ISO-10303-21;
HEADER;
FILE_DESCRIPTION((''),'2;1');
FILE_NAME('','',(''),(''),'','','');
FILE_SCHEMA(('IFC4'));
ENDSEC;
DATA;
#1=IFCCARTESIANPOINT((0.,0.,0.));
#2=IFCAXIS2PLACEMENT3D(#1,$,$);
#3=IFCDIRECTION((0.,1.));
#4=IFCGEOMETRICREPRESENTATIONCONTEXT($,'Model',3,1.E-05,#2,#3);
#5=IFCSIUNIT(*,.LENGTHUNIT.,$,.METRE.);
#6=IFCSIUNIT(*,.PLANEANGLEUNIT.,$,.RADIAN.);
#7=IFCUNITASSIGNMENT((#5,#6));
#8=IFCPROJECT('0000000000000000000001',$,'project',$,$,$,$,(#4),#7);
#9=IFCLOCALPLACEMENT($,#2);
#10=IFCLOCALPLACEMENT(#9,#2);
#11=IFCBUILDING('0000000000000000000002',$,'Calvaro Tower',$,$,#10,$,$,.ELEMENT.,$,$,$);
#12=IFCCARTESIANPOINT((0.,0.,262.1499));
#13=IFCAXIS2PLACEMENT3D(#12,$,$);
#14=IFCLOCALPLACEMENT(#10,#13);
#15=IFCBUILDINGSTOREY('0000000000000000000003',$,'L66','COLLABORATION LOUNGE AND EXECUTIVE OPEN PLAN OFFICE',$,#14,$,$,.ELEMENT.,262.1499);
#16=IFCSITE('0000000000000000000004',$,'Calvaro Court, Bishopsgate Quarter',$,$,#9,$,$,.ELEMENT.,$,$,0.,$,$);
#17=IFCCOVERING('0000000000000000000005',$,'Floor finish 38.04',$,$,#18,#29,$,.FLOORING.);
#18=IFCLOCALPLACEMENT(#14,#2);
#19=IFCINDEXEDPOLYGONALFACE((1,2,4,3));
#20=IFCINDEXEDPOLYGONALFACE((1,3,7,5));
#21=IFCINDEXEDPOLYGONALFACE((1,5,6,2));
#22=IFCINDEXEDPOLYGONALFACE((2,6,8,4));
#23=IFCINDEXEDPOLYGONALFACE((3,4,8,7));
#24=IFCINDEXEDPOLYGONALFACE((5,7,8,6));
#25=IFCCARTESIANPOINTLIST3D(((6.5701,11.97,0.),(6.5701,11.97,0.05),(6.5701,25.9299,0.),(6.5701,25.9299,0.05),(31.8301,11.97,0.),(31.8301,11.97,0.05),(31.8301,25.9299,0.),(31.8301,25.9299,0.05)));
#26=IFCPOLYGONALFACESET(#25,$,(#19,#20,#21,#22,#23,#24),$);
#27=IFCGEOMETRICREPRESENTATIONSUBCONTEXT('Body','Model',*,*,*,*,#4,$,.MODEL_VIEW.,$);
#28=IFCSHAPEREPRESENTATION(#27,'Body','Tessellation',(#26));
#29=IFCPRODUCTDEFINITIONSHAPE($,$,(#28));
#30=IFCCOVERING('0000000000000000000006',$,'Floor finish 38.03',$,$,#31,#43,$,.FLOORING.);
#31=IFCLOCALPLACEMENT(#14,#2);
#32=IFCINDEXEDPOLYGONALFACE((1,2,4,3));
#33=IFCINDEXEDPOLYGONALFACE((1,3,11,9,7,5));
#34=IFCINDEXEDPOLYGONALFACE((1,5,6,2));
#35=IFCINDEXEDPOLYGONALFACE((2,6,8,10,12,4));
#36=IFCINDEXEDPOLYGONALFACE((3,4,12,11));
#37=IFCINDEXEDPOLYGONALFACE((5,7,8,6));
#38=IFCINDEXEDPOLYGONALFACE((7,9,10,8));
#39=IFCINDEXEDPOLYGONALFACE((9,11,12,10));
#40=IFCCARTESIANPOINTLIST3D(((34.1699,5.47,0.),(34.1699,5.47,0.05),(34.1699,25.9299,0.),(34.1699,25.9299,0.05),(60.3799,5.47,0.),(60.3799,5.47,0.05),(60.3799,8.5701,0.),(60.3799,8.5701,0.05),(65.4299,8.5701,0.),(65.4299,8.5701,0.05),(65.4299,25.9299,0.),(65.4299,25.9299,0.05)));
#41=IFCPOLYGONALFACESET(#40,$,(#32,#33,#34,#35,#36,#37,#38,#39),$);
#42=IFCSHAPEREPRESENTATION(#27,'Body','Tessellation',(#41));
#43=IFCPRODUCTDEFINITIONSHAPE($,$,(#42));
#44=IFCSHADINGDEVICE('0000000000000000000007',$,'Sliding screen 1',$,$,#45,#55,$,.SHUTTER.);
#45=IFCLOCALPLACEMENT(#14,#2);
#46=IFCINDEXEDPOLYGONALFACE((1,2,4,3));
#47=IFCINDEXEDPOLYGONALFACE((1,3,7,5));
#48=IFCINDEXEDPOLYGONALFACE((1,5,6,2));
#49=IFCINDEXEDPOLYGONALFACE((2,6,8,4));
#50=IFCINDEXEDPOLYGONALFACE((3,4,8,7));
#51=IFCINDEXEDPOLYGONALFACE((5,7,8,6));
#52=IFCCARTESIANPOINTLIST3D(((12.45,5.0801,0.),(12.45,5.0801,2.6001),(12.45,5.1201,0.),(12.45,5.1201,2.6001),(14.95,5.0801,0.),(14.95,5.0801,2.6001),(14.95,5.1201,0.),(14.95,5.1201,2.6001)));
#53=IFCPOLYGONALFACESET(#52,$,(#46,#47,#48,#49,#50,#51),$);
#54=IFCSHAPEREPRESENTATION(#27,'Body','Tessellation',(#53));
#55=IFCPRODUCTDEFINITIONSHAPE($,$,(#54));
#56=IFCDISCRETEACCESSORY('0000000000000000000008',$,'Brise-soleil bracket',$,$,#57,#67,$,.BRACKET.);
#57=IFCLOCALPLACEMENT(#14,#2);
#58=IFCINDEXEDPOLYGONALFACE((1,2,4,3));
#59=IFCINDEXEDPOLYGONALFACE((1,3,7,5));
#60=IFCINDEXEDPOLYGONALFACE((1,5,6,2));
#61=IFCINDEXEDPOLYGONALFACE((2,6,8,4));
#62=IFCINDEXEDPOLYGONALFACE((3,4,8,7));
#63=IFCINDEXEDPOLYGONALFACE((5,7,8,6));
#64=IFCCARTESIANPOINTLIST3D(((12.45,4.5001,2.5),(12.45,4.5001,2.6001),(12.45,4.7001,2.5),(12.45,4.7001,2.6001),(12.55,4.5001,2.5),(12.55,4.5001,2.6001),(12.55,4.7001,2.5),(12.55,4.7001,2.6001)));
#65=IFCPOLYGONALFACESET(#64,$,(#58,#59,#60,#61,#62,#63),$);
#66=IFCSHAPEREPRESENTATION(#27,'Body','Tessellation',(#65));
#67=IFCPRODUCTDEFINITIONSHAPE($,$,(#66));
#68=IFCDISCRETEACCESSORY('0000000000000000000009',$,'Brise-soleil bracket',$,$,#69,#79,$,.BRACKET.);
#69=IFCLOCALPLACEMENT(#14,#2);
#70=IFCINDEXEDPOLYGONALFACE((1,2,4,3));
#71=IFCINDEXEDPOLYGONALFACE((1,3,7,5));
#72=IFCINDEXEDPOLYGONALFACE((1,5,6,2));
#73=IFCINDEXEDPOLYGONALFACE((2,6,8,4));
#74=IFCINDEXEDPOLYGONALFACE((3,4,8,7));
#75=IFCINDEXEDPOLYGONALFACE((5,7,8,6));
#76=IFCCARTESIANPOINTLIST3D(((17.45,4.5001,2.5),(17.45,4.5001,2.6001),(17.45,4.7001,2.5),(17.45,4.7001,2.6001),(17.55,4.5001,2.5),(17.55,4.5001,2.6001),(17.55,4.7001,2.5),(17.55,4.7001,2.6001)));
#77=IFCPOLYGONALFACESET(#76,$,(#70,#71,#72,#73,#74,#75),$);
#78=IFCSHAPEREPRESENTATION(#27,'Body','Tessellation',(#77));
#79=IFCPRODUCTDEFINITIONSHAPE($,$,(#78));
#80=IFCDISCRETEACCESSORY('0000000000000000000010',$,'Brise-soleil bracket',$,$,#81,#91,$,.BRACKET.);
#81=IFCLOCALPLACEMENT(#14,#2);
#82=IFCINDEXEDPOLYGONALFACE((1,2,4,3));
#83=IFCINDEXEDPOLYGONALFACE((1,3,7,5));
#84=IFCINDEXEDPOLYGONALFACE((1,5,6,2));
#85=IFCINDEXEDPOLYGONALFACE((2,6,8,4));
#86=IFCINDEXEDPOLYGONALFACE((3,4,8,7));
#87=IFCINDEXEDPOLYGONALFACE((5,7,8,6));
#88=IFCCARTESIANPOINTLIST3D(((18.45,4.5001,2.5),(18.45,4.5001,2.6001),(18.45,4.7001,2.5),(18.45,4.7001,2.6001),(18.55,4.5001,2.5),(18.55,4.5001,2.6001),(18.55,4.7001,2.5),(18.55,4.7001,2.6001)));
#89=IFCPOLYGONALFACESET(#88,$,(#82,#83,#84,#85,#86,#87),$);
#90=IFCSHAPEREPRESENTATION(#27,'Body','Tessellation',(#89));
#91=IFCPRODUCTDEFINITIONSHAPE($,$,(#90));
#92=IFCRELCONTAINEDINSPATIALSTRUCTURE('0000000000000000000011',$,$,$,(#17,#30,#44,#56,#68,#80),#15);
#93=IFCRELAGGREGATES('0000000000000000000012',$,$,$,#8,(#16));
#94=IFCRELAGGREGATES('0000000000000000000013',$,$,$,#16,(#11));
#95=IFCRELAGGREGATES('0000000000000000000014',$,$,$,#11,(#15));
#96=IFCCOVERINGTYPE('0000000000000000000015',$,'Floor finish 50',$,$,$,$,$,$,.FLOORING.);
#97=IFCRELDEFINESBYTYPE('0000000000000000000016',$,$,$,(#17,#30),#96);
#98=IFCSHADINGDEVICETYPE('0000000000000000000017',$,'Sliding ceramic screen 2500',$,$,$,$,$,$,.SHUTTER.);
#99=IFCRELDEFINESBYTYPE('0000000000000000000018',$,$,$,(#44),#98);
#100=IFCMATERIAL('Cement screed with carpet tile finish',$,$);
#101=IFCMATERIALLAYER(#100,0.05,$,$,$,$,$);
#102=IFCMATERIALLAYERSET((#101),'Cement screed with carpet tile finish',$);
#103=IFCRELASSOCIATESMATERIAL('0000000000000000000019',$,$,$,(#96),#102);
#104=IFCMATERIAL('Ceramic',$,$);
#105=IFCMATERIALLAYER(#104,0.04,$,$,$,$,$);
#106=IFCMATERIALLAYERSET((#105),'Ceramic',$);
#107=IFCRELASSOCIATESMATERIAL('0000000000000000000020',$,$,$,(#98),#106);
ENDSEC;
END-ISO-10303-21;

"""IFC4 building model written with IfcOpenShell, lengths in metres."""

from ifc_helpers import new_model, si_unit, direction, frame, origin, origin_2d, place, context, subcontext, project, spatial, polyline, rectangle, outline, extrude, material, layer, layer_set, type_object, element, save


model = new_model("IFC4")

# Units and contexts
model_context = context("Model", 3, precision=1e-05, world=origin(), true_north=direction((0.0, 1.0)))
body_context = subcontext(model_context, "Body", "Model", "MODEL_VIEW")
ifc_project = project(units=[si_unit("LENGTHUNIT", "METRE"), si_unit("PLANEANGLEUNIT", "RADIAN")], contexts=[model_context])

# Site, building, storey
site_placement = place(None, origin())
site = spatial("IfcSite", under=ifc_project, at=site_placement, Name="Calvaro Court, Bishopsgate Quarter", CompositionType="ELEMENT", RefElevation=0.0)
building_placement = place(site_placement, origin())
building = spatial("IfcBuilding", under=site, at=building_placement, Name="Calvaro Tower", CompositionType="ELEMENT")
storey_placement = place(building_placement, frame((0.0, 0.0, 262.1499)))
storey = spatial("IfcBuildingStorey", under=building, at=storey_placement, Name="L66", Description="COLLABORATION LOUNGE AND EXECUTIVE OPEN PLAN OFFICE", CompositionType="ELEMENT", Elevation=262.1499)

# Coverings
ifc_material_1 = material(Name="Cement screed with carpet tile finish")
ifc_layer_1 = layer(ifc_material_1, 0.05)
ifc_layer_set_1 = layer_set([ifc_layer_1], Name="Cement screed with carpet tile finish")
covering_type = type_object("IfcCoveringType", Name="Floor finish 50", PredefinedType="FLOORING", material=ifc_layer_set_1)
covering_1_placement = place(storey_placement, origin())
element("IfcCovering", 1, at=covering_1_placement, inside=storey, type_object=covering_type, Name="Floor finish 38.04", PredefinedType="FLOORING", context=body_context, shape_type="SweptSolid", body=[
    extrude(outline(polyline([(31.8301, 25.9299), (31.8301, 11.97), (6.5701, 11.97), (6.5701, 25.9299), (31.8301, 25.9299)])), origin(), (0.0, 0.0, 1.0), 0.05),
])
covering_2_placement = place(storey_placement, origin())
element("IfcCovering", 2, at=covering_2_placement, inside=storey, type_object=covering_type, Name="Floor finish 38.03", PredefinedType="FLOORING", context=body_context, shape_type="SweptSolid", body=[
    extrude(outline(polyline([(65.4299, 8.5701), (60.3799, 8.5701), (60.3799, 5.47), (34.1699, 5.47), (34.1699, 25.9299), (65.4299, 25.9299), (65.4299, 8.5701)])), origin(), (0.0, 0.0, 1.0), 0.05),
])

# Shading device
ifc_material_2 = material(Name="Ceramic")
ifc_layer_2 = layer(ifc_material_2, 0.04)
ifc_layer_set_2 = layer_set([ifc_layer_2], Name="Ceramic")
shading_device_type_1 = type_object("IfcShadingDeviceType", Name="Sliding ceramic screen 2500", PredefinedType="SHUTTER", material=ifc_layer_set_2)
shading_device_placement = place(storey_placement, frame((13.7, 5.1001, 0.0), z_axis=(0.0, 0.0, 1.0), x_axis=(1.0, 0.0, 0.0)))
element("IfcShadingDevice", 3, at=shading_device_placement, inside=storey, type_object=shading_device_type_1, Name="Sliding screen 1", PredefinedType="SHUTTER", context=body_context, shape_type="SweptSolid", body=[
    extrude(rectangle(XDim=2.5, YDim=0.04, at=origin_2d()), origin(), (0.0, 0.0, 1.0), 2.6001),
])

# Discrete accessories
for number, where, z_axis, x_axis, name in (
    (4, (12.5, 4.6001, 2.5), (0.0, 0.0, 1.0), (1.0, 0.0, 0.0), "Brise-soleil bracket"),
    (5, (17.5, 4.6001, 2.5), (0.0, 0.0, 1.0), (1.0, 0.0, 0.0), "Brise-soleil bracket"),
    (6, (18.5, 4.6001, 2.5), (0.0, 0.0, 1.0), (1.0, 0.0, 0.0), "Brise-soleil bracket"),
):
    element("IfcDiscreteAccessory", number, at=place(storey_placement, frame(where, z_axis=z_axis, x_axis=x_axis)), inside=storey, Name=name, PredefinedType="BRACKET", context=body_context, shape_type="SweptSolid", body=[
        extrude(rectangle(XDim=0.1001, YDim=0.2, at=origin_2d()), origin(), (0.0, 0.0, 1.0), 0.1001),
    ])

save(model, "model.ifc")
